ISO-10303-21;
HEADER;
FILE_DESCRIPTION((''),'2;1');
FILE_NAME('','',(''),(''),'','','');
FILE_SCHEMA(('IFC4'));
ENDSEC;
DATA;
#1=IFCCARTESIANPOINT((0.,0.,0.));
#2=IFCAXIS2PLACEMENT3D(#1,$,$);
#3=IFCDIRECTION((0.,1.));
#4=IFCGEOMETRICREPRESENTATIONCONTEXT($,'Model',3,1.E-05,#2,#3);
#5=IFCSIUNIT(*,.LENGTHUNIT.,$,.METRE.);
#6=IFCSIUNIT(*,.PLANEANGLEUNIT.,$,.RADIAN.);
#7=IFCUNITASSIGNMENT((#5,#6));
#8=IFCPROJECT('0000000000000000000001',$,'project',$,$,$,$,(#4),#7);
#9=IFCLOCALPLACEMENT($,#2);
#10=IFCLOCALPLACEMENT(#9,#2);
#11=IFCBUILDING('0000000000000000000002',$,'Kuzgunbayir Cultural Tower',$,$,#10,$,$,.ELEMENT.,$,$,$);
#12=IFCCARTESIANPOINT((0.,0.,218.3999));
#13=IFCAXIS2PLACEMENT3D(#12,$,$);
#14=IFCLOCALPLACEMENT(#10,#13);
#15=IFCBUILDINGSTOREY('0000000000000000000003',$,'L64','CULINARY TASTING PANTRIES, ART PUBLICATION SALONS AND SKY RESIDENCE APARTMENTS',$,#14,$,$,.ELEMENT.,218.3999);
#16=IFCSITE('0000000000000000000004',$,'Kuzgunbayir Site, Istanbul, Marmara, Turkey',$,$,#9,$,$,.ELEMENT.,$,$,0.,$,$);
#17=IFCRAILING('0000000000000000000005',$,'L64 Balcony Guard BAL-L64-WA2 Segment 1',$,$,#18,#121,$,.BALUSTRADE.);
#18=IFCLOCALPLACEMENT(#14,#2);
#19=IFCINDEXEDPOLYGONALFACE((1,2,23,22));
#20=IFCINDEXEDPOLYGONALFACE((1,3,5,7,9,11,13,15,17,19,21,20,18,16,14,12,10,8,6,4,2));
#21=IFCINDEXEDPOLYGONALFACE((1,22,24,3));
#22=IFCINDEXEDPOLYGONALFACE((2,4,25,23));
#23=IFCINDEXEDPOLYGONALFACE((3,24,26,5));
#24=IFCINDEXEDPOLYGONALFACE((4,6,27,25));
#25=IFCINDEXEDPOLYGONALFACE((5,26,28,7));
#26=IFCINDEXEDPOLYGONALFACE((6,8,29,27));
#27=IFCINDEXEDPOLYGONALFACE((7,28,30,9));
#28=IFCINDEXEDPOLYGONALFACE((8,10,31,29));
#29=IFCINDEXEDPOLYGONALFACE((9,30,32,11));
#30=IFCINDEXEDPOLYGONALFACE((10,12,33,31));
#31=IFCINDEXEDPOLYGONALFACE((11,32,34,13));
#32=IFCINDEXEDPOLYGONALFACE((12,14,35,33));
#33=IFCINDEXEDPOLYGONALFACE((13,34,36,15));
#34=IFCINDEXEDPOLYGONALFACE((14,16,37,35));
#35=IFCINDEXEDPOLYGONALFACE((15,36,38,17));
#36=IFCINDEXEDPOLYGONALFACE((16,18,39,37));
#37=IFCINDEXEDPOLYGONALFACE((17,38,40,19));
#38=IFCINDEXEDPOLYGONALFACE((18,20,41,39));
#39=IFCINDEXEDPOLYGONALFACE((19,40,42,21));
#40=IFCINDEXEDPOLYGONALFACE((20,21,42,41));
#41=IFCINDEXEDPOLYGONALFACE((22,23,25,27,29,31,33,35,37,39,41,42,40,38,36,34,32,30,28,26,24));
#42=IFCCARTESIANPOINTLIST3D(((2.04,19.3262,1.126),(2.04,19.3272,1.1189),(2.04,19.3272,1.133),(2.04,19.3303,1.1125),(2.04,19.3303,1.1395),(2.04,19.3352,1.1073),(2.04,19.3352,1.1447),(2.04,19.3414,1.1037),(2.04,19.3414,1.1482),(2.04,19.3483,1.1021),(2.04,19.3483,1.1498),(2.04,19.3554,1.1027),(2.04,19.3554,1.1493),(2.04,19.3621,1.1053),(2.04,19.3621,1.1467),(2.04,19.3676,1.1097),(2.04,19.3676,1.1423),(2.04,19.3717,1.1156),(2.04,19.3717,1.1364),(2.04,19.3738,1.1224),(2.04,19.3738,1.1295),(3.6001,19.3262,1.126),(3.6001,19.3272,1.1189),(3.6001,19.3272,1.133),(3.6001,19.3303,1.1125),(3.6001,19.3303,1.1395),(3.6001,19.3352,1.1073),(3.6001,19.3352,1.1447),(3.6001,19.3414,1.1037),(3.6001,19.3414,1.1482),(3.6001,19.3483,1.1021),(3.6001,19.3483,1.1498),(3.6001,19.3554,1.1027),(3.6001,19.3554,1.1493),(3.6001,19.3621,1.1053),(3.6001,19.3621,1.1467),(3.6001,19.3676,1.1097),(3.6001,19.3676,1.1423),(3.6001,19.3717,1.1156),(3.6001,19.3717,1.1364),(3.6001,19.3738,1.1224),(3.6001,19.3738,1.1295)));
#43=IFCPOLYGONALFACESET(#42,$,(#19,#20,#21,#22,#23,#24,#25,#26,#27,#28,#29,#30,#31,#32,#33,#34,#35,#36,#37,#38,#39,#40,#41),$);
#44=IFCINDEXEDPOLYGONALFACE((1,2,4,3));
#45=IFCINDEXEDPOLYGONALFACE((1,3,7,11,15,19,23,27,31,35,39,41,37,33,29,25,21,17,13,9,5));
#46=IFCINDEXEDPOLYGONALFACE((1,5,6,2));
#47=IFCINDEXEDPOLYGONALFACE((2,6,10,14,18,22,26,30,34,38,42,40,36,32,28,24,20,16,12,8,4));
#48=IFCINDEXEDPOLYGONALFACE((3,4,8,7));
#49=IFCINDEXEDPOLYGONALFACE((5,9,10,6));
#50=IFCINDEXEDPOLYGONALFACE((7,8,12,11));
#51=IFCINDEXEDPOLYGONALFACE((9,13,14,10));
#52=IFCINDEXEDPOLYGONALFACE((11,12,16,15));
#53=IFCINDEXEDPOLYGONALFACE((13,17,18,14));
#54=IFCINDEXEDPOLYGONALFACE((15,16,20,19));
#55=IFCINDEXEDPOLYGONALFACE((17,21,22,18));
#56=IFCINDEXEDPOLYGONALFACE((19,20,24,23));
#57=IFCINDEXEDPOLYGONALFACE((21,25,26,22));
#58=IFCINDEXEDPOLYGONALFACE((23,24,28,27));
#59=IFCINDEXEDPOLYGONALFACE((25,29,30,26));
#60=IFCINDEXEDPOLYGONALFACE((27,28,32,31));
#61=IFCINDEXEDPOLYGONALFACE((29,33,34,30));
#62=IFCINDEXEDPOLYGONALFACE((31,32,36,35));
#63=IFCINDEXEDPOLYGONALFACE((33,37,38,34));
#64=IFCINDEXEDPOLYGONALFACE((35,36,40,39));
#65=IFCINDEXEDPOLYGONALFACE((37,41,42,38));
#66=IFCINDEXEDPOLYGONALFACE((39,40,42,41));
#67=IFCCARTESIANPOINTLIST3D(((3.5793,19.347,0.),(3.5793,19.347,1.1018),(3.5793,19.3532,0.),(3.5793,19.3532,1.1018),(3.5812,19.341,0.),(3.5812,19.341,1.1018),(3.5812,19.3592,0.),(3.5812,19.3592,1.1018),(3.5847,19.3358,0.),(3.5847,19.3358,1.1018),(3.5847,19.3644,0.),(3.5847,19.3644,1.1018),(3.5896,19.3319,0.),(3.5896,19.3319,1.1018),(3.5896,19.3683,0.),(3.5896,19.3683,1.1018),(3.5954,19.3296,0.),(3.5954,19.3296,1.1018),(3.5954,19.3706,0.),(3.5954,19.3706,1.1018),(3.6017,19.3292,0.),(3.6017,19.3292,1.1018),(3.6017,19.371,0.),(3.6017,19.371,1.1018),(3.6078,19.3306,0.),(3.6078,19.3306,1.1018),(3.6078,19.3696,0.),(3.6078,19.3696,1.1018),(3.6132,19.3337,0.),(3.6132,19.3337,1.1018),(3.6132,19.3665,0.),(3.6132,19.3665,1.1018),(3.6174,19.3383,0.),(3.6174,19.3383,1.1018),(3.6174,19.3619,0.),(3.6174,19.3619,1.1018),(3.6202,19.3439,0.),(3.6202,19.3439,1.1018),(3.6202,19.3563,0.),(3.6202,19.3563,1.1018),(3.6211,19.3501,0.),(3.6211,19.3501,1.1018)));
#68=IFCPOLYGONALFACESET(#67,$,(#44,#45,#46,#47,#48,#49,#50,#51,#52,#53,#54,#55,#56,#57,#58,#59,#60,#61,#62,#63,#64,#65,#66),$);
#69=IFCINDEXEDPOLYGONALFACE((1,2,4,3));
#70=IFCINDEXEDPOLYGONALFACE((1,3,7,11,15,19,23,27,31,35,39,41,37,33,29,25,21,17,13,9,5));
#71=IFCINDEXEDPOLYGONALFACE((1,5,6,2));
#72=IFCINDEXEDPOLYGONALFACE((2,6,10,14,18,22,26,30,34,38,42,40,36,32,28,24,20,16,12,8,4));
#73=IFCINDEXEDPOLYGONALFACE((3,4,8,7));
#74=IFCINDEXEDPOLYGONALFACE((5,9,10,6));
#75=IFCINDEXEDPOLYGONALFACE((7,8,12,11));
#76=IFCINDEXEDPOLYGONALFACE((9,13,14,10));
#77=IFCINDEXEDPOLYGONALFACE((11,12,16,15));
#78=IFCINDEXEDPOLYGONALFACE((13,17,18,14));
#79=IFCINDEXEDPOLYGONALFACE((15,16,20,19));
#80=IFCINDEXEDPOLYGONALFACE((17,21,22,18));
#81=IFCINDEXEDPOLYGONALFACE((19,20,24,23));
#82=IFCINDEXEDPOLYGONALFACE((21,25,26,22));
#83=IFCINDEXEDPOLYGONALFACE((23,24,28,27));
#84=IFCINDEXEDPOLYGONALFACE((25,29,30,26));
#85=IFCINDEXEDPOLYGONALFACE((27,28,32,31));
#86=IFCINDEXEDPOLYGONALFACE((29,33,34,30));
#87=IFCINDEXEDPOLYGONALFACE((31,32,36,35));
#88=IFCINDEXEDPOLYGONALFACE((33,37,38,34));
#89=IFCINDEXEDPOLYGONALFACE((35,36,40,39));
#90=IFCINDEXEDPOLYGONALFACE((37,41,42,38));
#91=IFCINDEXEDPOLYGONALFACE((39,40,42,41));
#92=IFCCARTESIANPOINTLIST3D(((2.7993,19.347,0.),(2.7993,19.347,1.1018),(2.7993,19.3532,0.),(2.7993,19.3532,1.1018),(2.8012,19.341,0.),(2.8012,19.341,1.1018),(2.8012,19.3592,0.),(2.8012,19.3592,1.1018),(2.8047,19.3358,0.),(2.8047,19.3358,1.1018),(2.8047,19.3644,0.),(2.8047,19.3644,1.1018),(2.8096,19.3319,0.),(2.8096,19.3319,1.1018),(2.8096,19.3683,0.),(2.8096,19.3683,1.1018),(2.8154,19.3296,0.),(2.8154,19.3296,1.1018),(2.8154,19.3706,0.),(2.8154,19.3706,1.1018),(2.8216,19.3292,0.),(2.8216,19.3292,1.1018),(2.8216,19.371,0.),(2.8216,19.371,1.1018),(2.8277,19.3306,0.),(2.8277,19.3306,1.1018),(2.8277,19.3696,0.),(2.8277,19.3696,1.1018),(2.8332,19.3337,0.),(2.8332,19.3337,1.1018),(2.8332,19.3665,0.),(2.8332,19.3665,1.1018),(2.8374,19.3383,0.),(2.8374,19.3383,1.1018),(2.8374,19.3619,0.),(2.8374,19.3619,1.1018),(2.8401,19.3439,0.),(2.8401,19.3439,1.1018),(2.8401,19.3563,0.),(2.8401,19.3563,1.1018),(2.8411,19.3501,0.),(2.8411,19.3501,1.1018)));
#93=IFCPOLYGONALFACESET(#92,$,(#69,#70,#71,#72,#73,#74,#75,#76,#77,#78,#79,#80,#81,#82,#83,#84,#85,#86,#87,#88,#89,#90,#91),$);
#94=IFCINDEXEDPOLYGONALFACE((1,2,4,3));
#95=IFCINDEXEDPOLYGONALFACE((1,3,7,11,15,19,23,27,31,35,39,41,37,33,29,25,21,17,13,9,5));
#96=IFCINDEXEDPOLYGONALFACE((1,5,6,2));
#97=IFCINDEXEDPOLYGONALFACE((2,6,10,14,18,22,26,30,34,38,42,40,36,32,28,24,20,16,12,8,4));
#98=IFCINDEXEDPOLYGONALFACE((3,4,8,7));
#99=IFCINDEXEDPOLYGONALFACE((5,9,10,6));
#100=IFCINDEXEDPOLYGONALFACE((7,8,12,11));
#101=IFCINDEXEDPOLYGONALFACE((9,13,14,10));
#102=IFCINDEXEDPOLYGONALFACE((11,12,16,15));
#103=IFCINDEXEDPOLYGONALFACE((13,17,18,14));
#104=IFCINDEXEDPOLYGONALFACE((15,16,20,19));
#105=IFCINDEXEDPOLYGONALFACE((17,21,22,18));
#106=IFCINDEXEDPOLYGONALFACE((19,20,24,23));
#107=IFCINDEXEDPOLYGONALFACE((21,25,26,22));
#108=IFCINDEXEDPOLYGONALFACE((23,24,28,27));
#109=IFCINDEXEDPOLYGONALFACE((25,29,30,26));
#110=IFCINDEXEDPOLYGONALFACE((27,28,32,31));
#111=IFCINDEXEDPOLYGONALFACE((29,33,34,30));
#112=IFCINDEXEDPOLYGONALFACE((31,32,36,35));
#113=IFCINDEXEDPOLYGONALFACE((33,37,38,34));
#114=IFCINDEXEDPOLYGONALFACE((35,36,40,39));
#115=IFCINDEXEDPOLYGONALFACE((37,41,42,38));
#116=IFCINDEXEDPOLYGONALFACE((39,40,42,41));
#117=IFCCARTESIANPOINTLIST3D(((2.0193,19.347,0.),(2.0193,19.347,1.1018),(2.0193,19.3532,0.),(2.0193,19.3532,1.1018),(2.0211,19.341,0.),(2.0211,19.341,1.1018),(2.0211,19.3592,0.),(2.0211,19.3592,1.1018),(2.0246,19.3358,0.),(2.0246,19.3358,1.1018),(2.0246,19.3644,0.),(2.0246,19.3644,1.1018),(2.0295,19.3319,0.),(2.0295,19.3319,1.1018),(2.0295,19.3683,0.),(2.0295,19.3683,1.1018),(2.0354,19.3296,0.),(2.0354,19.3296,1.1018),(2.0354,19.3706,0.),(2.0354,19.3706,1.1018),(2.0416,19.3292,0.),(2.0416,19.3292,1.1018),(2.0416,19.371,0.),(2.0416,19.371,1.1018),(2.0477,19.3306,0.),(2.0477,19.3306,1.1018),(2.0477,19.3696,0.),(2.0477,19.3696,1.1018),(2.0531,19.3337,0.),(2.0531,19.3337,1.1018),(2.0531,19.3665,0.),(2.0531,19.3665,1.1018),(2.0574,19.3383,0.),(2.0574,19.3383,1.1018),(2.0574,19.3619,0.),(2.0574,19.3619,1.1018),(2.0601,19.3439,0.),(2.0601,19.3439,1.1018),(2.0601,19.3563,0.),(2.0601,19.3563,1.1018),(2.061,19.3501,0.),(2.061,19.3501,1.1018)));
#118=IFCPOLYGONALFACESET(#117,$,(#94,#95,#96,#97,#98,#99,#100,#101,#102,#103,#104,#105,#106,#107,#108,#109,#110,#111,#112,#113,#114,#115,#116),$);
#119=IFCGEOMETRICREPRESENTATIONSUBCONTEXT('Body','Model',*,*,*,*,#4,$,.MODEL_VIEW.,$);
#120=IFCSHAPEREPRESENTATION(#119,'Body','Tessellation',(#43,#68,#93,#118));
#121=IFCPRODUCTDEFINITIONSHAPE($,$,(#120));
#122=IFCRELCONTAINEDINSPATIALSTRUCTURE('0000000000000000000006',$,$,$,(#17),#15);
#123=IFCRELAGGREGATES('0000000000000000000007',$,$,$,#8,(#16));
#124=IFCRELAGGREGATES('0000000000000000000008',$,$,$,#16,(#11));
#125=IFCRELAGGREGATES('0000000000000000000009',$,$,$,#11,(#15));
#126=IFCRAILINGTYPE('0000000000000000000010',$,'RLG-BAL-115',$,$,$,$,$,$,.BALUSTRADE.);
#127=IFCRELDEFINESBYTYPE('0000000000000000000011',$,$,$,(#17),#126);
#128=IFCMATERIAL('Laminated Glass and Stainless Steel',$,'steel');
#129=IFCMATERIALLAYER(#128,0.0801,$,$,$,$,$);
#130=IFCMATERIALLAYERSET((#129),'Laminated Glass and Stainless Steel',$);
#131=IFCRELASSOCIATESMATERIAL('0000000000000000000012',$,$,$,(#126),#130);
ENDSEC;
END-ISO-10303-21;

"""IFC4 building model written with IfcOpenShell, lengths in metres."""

from ifc_helpers import new_model, si_unit, direction, frame, origin, origin_2d, place, context, subcontext, project, spatial, circle, extrude, material, layer, layer_set, type_object, element, save


model = new_model("IFC4")

# Units and contexts
model_context = context("Model", 3, precision=1e-05, world=origin(), true_north=direction((0.0, 1.0)))
body_context = subcontext(model_context, "Body", "Model", "MODEL_VIEW")
ifc_project = project(units=[si_unit("LENGTHUNIT", "METRE"), si_unit("PLANEANGLEUNIT", "RADIAN")], contexts=[model_context])

# Site, building, storey
site_placement = place(None, origin())
site = spatial("IfcSite", under=ifc_project, at=site_placement, Name="Kuzgunbayir Site, Istanbul, Marmara, Turkey", CompositionType="ELEMENT", RefElevation=0.0)
building_placement = place(site_placement, origin())
building = spatial("IfcBuilding", under=site, at=building_placement, Name="Kuzgunbayir Cultural Tower", CompositionType="ELEMENT")
storey_placement = place(building_placement, frame((0.0, 0.0, 218.3999)))
storey = spatial("IfcBuildingStorey", under=building, at=storey_placement, Name="L64", Description="CULINARY TASTING PANTRIES, ART PUBLICATION SALONS AND SKY RESIDENCE APARTMENTS", CompositionType="ELEMENT", Elevation=218.3999)

# Railing
ifc_material_1 = material(Name="Laminated Glass and Stainless Steel", Category="steel")
ifc_layer_1 = layer(ifc_material_1, 0.0801)
ifc_layer_set_1 = layer_set([ifc_layer_1], Name="Laminated Glass and Stainless Steel")
railing_type = type_object("IfcRailingType", Name="RLG-BAL-115", PredefinedType="BALUSTRADE", material=ifc_layer_set_1)
railing_1_placement = place(storey_placement, frame((3.6001, 19.3501, 0.0)))
element("IfcRailing", 1, at=railing_1_placement, inside=storey, type_object=railing_type, Name="L64 Balcony Guard BAL-L64-WA2 Segment 1", PredefinedType="BALUSTRADE", context=body_context, shape_type="SweptSolid", body=[
    extrude(circle(Radius=0.0239, at=origin_2d()), frame((0.0, 0.0, 1.126), z_axis=(-1.0, 0.0, 0.0), x_axis=(0.0, -1.0, 0.0)), (0.0, 0.0, 1.0), 1.5601),
    extrude(circle(Radius=0.021, at=origin_2d()), origin(), (0.0, 0.0, 1.0), 1.1018),
    extrude(circle(Radius=0.021, at=origin_2d()), frame((-0.78, 0.0, 0.0)), (0.0, 0.0, 1.0), 1.1018),
    extrude(circle(Radius=0.021, at=origin_2d()), frame((-1.5601, 0.0, 0.0)), (0.0, 0.0, 1.0), 1.1018),
])

save(model, "model.ifc")
